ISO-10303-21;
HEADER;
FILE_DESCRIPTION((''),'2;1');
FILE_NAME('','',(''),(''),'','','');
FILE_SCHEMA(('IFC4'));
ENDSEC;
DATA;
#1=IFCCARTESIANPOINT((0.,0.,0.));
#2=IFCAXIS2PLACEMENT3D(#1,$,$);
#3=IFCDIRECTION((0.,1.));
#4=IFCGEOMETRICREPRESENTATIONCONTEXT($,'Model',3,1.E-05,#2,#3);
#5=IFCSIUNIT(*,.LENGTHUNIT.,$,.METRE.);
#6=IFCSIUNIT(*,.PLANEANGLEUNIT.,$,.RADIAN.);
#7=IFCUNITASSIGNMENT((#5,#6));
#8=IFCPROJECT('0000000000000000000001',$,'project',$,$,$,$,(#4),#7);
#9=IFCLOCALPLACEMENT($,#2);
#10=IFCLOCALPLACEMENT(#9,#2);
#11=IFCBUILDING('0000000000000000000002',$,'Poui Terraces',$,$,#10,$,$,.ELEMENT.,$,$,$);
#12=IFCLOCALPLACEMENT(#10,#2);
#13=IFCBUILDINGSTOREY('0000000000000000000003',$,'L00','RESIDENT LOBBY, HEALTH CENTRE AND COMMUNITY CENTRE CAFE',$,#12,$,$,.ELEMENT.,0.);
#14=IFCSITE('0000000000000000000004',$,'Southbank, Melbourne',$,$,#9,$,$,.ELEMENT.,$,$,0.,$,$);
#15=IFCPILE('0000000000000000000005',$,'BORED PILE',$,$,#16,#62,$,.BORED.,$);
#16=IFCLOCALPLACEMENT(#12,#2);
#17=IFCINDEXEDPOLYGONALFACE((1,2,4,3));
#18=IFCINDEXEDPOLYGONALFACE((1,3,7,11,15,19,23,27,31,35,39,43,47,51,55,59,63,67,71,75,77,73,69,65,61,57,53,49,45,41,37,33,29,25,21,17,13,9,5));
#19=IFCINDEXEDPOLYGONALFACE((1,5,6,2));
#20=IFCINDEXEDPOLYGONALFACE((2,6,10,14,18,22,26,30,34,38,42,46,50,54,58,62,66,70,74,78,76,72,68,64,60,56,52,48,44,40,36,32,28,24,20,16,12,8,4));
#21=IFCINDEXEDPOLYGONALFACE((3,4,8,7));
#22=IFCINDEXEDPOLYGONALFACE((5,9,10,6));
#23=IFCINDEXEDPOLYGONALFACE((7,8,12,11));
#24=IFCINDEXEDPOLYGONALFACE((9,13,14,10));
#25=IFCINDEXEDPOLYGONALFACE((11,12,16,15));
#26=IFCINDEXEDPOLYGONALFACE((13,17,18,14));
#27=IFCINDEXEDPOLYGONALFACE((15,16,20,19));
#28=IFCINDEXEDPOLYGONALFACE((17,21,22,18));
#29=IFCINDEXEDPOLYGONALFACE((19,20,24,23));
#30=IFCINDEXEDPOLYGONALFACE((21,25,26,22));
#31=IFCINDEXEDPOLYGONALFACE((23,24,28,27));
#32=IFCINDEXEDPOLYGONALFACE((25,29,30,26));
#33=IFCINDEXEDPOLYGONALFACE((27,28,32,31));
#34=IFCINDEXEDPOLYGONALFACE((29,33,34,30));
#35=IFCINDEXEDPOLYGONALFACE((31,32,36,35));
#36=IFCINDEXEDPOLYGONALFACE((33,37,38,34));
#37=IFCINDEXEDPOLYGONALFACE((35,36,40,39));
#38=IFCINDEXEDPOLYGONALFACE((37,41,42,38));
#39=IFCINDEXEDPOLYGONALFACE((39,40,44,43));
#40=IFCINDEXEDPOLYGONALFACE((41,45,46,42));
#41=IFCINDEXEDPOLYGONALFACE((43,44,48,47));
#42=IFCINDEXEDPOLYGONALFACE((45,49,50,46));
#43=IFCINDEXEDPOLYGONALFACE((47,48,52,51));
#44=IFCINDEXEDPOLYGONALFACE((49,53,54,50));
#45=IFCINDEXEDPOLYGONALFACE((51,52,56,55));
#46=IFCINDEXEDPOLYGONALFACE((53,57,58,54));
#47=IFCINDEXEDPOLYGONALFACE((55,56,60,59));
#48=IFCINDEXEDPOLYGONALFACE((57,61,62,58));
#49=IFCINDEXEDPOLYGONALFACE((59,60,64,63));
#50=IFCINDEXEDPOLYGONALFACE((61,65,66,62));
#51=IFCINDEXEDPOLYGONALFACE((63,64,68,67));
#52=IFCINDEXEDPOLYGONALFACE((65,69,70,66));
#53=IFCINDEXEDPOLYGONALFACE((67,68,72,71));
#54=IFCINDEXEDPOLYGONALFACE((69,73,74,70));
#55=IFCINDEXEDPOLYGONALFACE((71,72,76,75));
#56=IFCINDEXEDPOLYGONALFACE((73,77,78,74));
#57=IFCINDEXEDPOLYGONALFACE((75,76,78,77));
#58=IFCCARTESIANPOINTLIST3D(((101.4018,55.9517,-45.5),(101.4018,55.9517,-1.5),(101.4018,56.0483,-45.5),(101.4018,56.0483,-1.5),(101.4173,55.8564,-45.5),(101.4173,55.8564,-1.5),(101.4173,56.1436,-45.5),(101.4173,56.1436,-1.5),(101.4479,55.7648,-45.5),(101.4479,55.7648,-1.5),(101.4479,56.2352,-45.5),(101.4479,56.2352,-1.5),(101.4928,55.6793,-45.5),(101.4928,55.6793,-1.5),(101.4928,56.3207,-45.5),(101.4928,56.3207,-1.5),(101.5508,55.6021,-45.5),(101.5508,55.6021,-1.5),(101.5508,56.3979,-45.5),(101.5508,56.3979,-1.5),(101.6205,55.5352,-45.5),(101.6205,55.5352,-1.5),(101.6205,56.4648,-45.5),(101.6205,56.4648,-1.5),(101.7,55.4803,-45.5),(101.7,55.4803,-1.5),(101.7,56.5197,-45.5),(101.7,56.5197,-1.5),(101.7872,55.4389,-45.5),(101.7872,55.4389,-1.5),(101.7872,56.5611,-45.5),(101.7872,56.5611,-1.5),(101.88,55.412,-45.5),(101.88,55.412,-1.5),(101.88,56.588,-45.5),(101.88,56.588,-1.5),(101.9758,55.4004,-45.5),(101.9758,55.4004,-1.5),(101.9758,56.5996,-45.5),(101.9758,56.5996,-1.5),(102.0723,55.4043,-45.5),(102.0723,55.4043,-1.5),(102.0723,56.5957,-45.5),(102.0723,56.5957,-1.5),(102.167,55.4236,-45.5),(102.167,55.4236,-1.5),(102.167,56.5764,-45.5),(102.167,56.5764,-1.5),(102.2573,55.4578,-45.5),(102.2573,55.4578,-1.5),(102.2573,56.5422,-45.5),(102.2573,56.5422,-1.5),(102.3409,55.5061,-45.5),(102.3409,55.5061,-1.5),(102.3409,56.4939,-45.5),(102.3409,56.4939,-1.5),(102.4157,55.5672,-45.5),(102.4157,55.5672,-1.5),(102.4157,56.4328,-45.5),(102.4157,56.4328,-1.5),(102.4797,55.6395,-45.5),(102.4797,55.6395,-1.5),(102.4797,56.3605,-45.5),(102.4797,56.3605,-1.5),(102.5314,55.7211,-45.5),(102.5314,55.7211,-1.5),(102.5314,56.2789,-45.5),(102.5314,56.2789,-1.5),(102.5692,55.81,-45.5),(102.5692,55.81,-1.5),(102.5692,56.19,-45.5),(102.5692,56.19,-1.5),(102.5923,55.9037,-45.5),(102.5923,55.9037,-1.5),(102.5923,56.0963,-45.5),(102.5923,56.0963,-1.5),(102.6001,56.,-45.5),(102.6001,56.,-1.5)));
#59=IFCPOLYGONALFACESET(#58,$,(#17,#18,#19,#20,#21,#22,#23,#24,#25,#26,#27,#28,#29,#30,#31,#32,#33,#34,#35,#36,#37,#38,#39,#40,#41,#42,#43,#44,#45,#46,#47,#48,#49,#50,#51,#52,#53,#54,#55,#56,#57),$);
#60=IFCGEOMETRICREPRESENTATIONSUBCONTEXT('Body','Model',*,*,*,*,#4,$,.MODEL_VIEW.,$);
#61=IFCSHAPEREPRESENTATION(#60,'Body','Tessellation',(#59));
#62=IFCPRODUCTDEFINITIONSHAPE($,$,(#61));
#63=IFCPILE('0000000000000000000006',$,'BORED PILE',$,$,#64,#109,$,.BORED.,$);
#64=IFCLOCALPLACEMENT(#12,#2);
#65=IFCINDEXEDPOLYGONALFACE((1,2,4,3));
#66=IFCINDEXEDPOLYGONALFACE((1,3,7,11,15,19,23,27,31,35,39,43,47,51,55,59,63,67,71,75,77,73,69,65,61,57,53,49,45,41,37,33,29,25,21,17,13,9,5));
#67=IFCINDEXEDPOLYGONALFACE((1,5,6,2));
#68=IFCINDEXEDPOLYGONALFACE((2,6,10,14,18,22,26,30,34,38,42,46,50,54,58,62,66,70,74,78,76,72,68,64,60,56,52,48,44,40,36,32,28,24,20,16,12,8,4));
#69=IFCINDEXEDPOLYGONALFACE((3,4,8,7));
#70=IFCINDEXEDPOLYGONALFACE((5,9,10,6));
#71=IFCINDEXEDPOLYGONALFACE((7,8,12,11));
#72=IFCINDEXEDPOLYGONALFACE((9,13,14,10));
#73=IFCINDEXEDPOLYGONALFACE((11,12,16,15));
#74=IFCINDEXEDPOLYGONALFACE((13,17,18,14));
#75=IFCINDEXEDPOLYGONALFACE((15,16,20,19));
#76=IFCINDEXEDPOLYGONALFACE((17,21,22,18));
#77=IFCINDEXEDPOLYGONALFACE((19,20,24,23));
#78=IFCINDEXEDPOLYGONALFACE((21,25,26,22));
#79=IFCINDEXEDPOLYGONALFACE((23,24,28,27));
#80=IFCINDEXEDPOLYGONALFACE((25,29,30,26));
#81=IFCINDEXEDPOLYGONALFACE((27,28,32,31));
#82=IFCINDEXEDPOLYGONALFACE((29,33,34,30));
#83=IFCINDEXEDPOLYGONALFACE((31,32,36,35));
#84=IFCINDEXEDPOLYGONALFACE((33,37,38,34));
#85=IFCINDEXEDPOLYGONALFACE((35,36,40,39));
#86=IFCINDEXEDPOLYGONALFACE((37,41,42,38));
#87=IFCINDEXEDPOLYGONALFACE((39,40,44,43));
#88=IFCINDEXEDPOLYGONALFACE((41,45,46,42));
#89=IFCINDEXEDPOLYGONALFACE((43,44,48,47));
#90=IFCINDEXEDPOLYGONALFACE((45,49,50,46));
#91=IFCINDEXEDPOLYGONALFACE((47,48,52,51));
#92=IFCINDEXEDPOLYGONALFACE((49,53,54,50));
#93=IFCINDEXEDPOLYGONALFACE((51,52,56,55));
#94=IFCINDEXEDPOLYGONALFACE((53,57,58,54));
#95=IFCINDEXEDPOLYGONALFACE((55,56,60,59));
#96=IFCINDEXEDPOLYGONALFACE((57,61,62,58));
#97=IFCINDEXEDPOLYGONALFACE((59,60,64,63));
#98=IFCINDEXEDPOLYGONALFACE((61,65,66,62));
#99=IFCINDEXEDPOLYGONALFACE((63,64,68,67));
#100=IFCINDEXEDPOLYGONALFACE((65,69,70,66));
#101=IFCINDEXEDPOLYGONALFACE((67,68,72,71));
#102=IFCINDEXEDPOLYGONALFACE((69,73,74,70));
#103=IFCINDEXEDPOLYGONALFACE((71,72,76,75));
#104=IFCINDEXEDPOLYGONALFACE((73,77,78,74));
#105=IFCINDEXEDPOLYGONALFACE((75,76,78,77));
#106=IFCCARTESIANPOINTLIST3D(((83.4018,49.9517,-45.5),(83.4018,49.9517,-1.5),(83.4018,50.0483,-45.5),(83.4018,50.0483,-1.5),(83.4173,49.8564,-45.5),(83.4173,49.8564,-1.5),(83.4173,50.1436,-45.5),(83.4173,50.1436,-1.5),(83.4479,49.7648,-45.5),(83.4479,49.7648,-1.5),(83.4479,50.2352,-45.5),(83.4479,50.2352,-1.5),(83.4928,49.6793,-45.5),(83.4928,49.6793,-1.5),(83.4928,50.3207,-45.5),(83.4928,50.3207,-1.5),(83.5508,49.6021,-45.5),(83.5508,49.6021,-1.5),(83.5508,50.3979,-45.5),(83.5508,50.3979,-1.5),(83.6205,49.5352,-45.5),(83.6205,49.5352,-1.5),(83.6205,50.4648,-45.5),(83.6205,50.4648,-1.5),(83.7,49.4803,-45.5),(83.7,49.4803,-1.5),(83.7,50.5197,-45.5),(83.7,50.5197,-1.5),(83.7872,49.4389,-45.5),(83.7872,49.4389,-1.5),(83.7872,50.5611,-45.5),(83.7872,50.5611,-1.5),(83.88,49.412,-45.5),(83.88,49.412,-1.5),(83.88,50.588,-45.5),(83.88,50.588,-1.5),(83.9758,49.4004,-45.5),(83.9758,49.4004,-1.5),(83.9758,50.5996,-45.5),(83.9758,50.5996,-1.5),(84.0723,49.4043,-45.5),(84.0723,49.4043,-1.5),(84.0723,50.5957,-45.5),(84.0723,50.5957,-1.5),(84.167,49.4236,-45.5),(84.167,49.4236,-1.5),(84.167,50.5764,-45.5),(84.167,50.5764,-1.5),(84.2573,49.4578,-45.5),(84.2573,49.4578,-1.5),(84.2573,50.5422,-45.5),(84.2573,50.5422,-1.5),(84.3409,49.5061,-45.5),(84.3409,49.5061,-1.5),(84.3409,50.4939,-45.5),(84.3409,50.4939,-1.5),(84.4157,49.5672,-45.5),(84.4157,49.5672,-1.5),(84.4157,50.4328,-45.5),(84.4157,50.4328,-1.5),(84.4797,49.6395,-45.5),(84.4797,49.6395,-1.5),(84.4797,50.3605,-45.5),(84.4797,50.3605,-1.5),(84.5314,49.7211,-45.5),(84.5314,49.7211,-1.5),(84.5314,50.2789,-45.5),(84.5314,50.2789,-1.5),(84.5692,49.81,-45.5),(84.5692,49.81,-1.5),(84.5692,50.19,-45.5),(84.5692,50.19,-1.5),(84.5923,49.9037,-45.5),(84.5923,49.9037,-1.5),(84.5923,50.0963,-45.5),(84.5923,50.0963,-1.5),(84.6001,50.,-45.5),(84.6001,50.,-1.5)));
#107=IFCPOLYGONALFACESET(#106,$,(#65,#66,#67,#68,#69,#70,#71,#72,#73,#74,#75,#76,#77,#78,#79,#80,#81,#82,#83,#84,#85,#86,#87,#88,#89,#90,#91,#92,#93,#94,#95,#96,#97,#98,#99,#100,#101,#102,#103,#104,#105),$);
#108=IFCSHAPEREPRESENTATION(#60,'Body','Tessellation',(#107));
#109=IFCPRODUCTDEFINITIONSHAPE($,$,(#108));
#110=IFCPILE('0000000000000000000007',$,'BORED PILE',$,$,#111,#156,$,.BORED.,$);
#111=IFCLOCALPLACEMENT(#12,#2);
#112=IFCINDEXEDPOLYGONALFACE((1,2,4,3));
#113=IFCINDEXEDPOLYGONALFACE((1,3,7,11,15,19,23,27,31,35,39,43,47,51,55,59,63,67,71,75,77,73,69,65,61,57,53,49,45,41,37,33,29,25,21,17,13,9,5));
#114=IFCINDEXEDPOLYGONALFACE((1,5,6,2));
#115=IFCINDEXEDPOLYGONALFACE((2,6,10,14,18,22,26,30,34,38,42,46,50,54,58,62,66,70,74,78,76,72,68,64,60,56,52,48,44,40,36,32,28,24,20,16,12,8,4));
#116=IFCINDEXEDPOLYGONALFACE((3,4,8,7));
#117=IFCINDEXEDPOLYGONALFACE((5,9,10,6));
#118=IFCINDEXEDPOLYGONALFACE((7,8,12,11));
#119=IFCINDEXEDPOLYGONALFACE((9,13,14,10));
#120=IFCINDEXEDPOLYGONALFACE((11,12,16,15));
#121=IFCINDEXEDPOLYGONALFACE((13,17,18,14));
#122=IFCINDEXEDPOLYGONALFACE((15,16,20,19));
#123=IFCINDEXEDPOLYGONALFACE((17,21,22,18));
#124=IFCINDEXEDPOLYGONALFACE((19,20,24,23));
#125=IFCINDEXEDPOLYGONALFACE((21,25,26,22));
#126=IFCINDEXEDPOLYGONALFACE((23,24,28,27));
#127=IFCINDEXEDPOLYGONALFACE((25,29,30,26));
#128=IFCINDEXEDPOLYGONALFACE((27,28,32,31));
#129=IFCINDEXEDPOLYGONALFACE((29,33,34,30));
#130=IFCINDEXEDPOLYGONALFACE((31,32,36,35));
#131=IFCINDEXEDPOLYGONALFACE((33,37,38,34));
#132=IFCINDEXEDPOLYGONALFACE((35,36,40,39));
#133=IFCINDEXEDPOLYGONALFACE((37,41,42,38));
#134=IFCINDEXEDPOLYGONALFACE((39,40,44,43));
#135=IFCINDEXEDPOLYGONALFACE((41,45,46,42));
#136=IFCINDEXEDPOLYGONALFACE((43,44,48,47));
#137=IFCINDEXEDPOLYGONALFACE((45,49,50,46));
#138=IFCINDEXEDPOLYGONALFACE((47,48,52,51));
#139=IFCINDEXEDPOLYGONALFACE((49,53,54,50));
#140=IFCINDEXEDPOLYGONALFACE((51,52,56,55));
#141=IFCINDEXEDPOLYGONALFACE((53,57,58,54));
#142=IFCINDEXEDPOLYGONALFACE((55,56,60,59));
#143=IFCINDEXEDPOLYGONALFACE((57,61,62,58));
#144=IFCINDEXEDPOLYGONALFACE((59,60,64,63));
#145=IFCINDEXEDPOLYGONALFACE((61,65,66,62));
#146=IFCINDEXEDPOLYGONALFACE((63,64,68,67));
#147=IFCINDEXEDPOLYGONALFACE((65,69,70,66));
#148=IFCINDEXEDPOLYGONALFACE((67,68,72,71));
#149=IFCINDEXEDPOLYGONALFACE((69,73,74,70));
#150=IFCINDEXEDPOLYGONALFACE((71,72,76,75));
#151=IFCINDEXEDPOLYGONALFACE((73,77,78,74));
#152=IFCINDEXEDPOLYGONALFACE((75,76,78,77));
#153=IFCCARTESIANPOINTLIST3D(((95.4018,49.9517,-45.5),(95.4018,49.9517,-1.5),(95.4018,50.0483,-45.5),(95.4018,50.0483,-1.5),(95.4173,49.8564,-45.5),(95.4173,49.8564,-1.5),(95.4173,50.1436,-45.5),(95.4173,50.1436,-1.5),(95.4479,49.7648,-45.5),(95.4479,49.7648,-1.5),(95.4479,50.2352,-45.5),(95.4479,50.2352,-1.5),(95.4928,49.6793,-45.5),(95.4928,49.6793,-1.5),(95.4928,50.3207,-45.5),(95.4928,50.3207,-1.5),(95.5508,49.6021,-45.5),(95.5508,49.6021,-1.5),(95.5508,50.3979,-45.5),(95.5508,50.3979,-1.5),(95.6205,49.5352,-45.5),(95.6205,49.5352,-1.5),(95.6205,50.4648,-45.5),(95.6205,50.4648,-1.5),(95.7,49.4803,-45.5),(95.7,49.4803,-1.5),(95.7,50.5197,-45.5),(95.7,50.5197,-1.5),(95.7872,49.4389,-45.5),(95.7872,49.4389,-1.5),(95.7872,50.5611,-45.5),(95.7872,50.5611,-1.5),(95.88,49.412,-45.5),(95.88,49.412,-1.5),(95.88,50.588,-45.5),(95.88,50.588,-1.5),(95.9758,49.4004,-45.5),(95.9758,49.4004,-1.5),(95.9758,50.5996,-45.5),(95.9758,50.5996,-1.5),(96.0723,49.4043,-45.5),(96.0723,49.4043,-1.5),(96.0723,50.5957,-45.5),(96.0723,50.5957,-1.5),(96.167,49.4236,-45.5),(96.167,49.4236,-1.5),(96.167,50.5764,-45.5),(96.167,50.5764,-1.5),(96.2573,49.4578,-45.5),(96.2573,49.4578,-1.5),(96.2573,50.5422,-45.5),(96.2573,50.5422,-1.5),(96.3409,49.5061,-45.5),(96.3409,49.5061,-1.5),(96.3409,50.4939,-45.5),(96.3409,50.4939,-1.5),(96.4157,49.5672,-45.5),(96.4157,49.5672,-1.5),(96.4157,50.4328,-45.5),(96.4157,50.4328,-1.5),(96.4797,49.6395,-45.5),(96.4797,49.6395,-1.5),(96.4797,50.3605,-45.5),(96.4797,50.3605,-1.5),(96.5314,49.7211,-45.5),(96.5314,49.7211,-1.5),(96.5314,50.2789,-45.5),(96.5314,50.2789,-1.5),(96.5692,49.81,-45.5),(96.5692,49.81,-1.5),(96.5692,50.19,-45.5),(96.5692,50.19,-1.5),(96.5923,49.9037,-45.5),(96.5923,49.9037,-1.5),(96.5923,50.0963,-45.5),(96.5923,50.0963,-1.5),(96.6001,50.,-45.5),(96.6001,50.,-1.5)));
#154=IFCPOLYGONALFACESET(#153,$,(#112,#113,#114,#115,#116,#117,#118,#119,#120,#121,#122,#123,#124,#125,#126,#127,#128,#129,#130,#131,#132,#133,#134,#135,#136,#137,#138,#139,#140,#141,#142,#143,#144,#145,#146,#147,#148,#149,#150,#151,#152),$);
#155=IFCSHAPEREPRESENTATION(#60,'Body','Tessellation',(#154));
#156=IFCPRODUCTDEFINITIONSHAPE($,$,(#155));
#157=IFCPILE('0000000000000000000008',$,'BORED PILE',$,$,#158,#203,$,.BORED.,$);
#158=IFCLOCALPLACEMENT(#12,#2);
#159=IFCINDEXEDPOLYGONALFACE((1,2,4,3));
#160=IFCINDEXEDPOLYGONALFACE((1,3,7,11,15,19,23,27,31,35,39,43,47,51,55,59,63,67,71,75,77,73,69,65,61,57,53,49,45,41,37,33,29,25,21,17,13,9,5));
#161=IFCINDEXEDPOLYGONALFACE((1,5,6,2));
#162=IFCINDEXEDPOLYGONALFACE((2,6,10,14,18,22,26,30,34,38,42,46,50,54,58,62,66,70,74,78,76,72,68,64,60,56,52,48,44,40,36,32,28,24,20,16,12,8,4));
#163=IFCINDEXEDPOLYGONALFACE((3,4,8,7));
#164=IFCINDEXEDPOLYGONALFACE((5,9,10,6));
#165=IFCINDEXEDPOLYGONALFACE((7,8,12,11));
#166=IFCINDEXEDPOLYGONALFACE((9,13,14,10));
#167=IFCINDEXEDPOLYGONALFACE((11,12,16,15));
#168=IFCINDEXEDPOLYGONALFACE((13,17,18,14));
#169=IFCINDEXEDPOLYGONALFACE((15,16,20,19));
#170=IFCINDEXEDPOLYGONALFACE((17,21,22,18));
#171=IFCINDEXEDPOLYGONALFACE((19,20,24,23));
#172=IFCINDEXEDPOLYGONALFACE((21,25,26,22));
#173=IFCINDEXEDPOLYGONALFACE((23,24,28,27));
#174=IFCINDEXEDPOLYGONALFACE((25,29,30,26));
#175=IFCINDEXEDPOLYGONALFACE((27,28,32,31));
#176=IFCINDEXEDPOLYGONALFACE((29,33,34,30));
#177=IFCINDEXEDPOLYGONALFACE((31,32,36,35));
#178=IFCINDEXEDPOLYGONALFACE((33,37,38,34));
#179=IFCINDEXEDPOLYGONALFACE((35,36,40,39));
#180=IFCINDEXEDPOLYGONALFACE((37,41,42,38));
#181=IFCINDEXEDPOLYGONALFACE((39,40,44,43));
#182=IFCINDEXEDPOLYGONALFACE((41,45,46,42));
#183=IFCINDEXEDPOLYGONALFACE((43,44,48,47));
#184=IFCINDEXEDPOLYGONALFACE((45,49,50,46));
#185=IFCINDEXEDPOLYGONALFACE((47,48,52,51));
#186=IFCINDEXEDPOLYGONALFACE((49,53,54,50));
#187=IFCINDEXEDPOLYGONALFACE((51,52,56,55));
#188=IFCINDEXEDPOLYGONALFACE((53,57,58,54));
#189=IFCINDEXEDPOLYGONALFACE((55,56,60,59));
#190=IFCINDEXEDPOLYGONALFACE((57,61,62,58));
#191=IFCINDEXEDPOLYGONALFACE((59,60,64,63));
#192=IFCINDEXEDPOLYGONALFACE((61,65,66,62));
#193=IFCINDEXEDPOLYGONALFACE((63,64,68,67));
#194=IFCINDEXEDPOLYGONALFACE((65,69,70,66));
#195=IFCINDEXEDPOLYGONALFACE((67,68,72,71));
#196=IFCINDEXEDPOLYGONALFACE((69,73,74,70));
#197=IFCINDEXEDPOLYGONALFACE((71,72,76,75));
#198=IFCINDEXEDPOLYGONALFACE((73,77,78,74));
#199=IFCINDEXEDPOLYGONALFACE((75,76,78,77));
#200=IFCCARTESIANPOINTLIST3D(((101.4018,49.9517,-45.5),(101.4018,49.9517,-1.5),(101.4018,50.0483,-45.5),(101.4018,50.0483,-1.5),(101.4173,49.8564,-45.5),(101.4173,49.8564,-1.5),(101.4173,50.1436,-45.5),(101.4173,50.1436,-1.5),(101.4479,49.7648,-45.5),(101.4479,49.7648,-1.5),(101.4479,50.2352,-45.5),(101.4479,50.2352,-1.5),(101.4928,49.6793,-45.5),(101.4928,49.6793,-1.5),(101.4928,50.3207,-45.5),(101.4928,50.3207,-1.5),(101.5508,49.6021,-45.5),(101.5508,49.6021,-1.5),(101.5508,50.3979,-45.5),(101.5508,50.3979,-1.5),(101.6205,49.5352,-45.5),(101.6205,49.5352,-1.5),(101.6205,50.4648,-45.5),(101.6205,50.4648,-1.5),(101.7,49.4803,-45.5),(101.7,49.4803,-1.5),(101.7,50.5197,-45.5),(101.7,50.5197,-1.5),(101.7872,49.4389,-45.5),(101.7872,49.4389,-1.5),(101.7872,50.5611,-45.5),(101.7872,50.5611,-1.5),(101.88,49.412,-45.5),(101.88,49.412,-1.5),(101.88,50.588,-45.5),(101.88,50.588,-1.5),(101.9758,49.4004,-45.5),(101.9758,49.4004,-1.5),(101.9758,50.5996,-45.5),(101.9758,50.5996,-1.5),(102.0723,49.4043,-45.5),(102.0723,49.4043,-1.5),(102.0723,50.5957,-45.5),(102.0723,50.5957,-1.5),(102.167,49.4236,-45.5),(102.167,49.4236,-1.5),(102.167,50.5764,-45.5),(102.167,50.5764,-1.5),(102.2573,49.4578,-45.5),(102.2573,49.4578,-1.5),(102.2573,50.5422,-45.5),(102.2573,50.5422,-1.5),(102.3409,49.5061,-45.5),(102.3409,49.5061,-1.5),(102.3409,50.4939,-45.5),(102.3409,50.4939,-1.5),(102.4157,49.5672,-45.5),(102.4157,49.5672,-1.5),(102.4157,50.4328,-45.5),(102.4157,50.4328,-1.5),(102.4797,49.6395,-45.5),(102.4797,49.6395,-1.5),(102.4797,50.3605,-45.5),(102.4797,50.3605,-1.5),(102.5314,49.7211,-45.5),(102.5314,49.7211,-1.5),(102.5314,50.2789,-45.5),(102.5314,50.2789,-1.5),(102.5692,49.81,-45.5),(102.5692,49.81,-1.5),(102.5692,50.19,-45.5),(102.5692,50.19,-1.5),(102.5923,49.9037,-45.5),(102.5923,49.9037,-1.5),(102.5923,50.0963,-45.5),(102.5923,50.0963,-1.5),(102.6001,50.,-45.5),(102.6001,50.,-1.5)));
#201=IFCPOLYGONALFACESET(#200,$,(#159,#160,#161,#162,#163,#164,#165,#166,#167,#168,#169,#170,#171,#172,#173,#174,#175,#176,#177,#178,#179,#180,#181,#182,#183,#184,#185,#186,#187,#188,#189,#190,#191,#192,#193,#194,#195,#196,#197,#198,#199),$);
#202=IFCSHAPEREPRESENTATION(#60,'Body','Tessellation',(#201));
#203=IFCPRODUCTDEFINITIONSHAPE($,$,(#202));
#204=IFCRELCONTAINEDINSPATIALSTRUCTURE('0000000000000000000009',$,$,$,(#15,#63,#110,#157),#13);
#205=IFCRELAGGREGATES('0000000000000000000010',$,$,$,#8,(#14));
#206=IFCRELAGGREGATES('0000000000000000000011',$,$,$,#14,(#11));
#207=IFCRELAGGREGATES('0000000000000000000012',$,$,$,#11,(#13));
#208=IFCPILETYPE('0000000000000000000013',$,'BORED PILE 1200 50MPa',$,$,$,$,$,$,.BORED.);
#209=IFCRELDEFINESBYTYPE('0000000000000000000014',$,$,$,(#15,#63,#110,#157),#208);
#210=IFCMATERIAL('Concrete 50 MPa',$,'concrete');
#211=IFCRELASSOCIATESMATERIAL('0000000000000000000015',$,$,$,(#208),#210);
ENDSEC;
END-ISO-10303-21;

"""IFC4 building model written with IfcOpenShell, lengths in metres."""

from ifc_helpers import new_model, si_unit, direction, frame, origin, origin_2d, place, context, subcontext, project, spatial, circle, extrude, material, material_profile, profile_set, type_object, element, save


model = new_model("IFC4")

# Units and contexts
model_context = context("Model", 3, precision=1e-05, world=origin(), true_north=direction((0.0, 1.0)))
body_context = subcontext(model_context, "Body", "Model", "MODEL_VIEW")
ifc_project = project(units=[si_unit("LENGTHUNIT", "METRE"), si_unit("PLANEANGLEUNIT", "RADIAN")], contexts=[model_context])

# Site, building, storey
site_placement = place(None, origin())
site = spatial("IfcSite", under=ifc_project, at=site_placement, Name="Southbank, Melbourne", CompositionType="ELEMENT", RefElevation=0.0)
building_placement = place(site_placement, origin())
building = spatial("IfcBuilding", under=site, at=building_placement, Name="Poui Terraces", CompositionType="ELEMENT")
storey_placement = place(building_placement, origin())
storey = spatial("IfcBuildingStorey", under=building, at=storey_placement, Name="L00", Description="RESIDENT LOBBY, HEALTH CENTRE AND COMMUNITY CENTRE CAFE", CompositionType="ELEMENT", Elevation=0.0)

# Piles
ifc_material_1 = material(Name="Concrete 50 MPa", Category="concrete")
ifc_material_profile_1 = material_profile(ifc_material_1, circle(Radius=0.6001, at=origin_2d()), Name="RC D1200")
ifc_profile_set_1 = profile_set([ifc_material_profile_1], Name="Concrete 50 MPa")
pile_type = type_object("IfcPileType", Name="BORED PILE 1200 50MPa", PredefinedType="BORED", material=ifc_profile_set_1)
for number, where, z_axis, x_axis, name in (
    (1, (102.0, 56.0, -1.5), (0.0, 0.0, -1.0), (1.0, 0.0, 0.0), "BORED PILE"),
    (2, (84.0, 50.0, -1.5), (0.0, 0.0, -1.0), (1.0, 0.0, 0.0), "BORED PILE"),
    (3, (96.0, 50.0, -1.5), (0.0, 0.0, -1.0), (1.0, 0.0, 0.0), "BORED PILE"),
    (4, (102.0, 50.0, -1.5), (0.0, 0.0, -1.0), (1.0, 0.0, 0.0), "BORED PILE"),
):
    element("IfcPile", number, at=place(storey_placement, frame(where, z_axis=z_axis, x_axis=x_axis)), inside=storey, type_object=pile_type, Name=name, PredefinedType="BORED", context=body_context, shape_type="SweptSolid", body=[
        extrude(circle(Radius=0.6001, at=origin_2d()), origin(), (0.0, 0.0, 1.0), 44.0),
    ])

save(model, "model.ifc")
